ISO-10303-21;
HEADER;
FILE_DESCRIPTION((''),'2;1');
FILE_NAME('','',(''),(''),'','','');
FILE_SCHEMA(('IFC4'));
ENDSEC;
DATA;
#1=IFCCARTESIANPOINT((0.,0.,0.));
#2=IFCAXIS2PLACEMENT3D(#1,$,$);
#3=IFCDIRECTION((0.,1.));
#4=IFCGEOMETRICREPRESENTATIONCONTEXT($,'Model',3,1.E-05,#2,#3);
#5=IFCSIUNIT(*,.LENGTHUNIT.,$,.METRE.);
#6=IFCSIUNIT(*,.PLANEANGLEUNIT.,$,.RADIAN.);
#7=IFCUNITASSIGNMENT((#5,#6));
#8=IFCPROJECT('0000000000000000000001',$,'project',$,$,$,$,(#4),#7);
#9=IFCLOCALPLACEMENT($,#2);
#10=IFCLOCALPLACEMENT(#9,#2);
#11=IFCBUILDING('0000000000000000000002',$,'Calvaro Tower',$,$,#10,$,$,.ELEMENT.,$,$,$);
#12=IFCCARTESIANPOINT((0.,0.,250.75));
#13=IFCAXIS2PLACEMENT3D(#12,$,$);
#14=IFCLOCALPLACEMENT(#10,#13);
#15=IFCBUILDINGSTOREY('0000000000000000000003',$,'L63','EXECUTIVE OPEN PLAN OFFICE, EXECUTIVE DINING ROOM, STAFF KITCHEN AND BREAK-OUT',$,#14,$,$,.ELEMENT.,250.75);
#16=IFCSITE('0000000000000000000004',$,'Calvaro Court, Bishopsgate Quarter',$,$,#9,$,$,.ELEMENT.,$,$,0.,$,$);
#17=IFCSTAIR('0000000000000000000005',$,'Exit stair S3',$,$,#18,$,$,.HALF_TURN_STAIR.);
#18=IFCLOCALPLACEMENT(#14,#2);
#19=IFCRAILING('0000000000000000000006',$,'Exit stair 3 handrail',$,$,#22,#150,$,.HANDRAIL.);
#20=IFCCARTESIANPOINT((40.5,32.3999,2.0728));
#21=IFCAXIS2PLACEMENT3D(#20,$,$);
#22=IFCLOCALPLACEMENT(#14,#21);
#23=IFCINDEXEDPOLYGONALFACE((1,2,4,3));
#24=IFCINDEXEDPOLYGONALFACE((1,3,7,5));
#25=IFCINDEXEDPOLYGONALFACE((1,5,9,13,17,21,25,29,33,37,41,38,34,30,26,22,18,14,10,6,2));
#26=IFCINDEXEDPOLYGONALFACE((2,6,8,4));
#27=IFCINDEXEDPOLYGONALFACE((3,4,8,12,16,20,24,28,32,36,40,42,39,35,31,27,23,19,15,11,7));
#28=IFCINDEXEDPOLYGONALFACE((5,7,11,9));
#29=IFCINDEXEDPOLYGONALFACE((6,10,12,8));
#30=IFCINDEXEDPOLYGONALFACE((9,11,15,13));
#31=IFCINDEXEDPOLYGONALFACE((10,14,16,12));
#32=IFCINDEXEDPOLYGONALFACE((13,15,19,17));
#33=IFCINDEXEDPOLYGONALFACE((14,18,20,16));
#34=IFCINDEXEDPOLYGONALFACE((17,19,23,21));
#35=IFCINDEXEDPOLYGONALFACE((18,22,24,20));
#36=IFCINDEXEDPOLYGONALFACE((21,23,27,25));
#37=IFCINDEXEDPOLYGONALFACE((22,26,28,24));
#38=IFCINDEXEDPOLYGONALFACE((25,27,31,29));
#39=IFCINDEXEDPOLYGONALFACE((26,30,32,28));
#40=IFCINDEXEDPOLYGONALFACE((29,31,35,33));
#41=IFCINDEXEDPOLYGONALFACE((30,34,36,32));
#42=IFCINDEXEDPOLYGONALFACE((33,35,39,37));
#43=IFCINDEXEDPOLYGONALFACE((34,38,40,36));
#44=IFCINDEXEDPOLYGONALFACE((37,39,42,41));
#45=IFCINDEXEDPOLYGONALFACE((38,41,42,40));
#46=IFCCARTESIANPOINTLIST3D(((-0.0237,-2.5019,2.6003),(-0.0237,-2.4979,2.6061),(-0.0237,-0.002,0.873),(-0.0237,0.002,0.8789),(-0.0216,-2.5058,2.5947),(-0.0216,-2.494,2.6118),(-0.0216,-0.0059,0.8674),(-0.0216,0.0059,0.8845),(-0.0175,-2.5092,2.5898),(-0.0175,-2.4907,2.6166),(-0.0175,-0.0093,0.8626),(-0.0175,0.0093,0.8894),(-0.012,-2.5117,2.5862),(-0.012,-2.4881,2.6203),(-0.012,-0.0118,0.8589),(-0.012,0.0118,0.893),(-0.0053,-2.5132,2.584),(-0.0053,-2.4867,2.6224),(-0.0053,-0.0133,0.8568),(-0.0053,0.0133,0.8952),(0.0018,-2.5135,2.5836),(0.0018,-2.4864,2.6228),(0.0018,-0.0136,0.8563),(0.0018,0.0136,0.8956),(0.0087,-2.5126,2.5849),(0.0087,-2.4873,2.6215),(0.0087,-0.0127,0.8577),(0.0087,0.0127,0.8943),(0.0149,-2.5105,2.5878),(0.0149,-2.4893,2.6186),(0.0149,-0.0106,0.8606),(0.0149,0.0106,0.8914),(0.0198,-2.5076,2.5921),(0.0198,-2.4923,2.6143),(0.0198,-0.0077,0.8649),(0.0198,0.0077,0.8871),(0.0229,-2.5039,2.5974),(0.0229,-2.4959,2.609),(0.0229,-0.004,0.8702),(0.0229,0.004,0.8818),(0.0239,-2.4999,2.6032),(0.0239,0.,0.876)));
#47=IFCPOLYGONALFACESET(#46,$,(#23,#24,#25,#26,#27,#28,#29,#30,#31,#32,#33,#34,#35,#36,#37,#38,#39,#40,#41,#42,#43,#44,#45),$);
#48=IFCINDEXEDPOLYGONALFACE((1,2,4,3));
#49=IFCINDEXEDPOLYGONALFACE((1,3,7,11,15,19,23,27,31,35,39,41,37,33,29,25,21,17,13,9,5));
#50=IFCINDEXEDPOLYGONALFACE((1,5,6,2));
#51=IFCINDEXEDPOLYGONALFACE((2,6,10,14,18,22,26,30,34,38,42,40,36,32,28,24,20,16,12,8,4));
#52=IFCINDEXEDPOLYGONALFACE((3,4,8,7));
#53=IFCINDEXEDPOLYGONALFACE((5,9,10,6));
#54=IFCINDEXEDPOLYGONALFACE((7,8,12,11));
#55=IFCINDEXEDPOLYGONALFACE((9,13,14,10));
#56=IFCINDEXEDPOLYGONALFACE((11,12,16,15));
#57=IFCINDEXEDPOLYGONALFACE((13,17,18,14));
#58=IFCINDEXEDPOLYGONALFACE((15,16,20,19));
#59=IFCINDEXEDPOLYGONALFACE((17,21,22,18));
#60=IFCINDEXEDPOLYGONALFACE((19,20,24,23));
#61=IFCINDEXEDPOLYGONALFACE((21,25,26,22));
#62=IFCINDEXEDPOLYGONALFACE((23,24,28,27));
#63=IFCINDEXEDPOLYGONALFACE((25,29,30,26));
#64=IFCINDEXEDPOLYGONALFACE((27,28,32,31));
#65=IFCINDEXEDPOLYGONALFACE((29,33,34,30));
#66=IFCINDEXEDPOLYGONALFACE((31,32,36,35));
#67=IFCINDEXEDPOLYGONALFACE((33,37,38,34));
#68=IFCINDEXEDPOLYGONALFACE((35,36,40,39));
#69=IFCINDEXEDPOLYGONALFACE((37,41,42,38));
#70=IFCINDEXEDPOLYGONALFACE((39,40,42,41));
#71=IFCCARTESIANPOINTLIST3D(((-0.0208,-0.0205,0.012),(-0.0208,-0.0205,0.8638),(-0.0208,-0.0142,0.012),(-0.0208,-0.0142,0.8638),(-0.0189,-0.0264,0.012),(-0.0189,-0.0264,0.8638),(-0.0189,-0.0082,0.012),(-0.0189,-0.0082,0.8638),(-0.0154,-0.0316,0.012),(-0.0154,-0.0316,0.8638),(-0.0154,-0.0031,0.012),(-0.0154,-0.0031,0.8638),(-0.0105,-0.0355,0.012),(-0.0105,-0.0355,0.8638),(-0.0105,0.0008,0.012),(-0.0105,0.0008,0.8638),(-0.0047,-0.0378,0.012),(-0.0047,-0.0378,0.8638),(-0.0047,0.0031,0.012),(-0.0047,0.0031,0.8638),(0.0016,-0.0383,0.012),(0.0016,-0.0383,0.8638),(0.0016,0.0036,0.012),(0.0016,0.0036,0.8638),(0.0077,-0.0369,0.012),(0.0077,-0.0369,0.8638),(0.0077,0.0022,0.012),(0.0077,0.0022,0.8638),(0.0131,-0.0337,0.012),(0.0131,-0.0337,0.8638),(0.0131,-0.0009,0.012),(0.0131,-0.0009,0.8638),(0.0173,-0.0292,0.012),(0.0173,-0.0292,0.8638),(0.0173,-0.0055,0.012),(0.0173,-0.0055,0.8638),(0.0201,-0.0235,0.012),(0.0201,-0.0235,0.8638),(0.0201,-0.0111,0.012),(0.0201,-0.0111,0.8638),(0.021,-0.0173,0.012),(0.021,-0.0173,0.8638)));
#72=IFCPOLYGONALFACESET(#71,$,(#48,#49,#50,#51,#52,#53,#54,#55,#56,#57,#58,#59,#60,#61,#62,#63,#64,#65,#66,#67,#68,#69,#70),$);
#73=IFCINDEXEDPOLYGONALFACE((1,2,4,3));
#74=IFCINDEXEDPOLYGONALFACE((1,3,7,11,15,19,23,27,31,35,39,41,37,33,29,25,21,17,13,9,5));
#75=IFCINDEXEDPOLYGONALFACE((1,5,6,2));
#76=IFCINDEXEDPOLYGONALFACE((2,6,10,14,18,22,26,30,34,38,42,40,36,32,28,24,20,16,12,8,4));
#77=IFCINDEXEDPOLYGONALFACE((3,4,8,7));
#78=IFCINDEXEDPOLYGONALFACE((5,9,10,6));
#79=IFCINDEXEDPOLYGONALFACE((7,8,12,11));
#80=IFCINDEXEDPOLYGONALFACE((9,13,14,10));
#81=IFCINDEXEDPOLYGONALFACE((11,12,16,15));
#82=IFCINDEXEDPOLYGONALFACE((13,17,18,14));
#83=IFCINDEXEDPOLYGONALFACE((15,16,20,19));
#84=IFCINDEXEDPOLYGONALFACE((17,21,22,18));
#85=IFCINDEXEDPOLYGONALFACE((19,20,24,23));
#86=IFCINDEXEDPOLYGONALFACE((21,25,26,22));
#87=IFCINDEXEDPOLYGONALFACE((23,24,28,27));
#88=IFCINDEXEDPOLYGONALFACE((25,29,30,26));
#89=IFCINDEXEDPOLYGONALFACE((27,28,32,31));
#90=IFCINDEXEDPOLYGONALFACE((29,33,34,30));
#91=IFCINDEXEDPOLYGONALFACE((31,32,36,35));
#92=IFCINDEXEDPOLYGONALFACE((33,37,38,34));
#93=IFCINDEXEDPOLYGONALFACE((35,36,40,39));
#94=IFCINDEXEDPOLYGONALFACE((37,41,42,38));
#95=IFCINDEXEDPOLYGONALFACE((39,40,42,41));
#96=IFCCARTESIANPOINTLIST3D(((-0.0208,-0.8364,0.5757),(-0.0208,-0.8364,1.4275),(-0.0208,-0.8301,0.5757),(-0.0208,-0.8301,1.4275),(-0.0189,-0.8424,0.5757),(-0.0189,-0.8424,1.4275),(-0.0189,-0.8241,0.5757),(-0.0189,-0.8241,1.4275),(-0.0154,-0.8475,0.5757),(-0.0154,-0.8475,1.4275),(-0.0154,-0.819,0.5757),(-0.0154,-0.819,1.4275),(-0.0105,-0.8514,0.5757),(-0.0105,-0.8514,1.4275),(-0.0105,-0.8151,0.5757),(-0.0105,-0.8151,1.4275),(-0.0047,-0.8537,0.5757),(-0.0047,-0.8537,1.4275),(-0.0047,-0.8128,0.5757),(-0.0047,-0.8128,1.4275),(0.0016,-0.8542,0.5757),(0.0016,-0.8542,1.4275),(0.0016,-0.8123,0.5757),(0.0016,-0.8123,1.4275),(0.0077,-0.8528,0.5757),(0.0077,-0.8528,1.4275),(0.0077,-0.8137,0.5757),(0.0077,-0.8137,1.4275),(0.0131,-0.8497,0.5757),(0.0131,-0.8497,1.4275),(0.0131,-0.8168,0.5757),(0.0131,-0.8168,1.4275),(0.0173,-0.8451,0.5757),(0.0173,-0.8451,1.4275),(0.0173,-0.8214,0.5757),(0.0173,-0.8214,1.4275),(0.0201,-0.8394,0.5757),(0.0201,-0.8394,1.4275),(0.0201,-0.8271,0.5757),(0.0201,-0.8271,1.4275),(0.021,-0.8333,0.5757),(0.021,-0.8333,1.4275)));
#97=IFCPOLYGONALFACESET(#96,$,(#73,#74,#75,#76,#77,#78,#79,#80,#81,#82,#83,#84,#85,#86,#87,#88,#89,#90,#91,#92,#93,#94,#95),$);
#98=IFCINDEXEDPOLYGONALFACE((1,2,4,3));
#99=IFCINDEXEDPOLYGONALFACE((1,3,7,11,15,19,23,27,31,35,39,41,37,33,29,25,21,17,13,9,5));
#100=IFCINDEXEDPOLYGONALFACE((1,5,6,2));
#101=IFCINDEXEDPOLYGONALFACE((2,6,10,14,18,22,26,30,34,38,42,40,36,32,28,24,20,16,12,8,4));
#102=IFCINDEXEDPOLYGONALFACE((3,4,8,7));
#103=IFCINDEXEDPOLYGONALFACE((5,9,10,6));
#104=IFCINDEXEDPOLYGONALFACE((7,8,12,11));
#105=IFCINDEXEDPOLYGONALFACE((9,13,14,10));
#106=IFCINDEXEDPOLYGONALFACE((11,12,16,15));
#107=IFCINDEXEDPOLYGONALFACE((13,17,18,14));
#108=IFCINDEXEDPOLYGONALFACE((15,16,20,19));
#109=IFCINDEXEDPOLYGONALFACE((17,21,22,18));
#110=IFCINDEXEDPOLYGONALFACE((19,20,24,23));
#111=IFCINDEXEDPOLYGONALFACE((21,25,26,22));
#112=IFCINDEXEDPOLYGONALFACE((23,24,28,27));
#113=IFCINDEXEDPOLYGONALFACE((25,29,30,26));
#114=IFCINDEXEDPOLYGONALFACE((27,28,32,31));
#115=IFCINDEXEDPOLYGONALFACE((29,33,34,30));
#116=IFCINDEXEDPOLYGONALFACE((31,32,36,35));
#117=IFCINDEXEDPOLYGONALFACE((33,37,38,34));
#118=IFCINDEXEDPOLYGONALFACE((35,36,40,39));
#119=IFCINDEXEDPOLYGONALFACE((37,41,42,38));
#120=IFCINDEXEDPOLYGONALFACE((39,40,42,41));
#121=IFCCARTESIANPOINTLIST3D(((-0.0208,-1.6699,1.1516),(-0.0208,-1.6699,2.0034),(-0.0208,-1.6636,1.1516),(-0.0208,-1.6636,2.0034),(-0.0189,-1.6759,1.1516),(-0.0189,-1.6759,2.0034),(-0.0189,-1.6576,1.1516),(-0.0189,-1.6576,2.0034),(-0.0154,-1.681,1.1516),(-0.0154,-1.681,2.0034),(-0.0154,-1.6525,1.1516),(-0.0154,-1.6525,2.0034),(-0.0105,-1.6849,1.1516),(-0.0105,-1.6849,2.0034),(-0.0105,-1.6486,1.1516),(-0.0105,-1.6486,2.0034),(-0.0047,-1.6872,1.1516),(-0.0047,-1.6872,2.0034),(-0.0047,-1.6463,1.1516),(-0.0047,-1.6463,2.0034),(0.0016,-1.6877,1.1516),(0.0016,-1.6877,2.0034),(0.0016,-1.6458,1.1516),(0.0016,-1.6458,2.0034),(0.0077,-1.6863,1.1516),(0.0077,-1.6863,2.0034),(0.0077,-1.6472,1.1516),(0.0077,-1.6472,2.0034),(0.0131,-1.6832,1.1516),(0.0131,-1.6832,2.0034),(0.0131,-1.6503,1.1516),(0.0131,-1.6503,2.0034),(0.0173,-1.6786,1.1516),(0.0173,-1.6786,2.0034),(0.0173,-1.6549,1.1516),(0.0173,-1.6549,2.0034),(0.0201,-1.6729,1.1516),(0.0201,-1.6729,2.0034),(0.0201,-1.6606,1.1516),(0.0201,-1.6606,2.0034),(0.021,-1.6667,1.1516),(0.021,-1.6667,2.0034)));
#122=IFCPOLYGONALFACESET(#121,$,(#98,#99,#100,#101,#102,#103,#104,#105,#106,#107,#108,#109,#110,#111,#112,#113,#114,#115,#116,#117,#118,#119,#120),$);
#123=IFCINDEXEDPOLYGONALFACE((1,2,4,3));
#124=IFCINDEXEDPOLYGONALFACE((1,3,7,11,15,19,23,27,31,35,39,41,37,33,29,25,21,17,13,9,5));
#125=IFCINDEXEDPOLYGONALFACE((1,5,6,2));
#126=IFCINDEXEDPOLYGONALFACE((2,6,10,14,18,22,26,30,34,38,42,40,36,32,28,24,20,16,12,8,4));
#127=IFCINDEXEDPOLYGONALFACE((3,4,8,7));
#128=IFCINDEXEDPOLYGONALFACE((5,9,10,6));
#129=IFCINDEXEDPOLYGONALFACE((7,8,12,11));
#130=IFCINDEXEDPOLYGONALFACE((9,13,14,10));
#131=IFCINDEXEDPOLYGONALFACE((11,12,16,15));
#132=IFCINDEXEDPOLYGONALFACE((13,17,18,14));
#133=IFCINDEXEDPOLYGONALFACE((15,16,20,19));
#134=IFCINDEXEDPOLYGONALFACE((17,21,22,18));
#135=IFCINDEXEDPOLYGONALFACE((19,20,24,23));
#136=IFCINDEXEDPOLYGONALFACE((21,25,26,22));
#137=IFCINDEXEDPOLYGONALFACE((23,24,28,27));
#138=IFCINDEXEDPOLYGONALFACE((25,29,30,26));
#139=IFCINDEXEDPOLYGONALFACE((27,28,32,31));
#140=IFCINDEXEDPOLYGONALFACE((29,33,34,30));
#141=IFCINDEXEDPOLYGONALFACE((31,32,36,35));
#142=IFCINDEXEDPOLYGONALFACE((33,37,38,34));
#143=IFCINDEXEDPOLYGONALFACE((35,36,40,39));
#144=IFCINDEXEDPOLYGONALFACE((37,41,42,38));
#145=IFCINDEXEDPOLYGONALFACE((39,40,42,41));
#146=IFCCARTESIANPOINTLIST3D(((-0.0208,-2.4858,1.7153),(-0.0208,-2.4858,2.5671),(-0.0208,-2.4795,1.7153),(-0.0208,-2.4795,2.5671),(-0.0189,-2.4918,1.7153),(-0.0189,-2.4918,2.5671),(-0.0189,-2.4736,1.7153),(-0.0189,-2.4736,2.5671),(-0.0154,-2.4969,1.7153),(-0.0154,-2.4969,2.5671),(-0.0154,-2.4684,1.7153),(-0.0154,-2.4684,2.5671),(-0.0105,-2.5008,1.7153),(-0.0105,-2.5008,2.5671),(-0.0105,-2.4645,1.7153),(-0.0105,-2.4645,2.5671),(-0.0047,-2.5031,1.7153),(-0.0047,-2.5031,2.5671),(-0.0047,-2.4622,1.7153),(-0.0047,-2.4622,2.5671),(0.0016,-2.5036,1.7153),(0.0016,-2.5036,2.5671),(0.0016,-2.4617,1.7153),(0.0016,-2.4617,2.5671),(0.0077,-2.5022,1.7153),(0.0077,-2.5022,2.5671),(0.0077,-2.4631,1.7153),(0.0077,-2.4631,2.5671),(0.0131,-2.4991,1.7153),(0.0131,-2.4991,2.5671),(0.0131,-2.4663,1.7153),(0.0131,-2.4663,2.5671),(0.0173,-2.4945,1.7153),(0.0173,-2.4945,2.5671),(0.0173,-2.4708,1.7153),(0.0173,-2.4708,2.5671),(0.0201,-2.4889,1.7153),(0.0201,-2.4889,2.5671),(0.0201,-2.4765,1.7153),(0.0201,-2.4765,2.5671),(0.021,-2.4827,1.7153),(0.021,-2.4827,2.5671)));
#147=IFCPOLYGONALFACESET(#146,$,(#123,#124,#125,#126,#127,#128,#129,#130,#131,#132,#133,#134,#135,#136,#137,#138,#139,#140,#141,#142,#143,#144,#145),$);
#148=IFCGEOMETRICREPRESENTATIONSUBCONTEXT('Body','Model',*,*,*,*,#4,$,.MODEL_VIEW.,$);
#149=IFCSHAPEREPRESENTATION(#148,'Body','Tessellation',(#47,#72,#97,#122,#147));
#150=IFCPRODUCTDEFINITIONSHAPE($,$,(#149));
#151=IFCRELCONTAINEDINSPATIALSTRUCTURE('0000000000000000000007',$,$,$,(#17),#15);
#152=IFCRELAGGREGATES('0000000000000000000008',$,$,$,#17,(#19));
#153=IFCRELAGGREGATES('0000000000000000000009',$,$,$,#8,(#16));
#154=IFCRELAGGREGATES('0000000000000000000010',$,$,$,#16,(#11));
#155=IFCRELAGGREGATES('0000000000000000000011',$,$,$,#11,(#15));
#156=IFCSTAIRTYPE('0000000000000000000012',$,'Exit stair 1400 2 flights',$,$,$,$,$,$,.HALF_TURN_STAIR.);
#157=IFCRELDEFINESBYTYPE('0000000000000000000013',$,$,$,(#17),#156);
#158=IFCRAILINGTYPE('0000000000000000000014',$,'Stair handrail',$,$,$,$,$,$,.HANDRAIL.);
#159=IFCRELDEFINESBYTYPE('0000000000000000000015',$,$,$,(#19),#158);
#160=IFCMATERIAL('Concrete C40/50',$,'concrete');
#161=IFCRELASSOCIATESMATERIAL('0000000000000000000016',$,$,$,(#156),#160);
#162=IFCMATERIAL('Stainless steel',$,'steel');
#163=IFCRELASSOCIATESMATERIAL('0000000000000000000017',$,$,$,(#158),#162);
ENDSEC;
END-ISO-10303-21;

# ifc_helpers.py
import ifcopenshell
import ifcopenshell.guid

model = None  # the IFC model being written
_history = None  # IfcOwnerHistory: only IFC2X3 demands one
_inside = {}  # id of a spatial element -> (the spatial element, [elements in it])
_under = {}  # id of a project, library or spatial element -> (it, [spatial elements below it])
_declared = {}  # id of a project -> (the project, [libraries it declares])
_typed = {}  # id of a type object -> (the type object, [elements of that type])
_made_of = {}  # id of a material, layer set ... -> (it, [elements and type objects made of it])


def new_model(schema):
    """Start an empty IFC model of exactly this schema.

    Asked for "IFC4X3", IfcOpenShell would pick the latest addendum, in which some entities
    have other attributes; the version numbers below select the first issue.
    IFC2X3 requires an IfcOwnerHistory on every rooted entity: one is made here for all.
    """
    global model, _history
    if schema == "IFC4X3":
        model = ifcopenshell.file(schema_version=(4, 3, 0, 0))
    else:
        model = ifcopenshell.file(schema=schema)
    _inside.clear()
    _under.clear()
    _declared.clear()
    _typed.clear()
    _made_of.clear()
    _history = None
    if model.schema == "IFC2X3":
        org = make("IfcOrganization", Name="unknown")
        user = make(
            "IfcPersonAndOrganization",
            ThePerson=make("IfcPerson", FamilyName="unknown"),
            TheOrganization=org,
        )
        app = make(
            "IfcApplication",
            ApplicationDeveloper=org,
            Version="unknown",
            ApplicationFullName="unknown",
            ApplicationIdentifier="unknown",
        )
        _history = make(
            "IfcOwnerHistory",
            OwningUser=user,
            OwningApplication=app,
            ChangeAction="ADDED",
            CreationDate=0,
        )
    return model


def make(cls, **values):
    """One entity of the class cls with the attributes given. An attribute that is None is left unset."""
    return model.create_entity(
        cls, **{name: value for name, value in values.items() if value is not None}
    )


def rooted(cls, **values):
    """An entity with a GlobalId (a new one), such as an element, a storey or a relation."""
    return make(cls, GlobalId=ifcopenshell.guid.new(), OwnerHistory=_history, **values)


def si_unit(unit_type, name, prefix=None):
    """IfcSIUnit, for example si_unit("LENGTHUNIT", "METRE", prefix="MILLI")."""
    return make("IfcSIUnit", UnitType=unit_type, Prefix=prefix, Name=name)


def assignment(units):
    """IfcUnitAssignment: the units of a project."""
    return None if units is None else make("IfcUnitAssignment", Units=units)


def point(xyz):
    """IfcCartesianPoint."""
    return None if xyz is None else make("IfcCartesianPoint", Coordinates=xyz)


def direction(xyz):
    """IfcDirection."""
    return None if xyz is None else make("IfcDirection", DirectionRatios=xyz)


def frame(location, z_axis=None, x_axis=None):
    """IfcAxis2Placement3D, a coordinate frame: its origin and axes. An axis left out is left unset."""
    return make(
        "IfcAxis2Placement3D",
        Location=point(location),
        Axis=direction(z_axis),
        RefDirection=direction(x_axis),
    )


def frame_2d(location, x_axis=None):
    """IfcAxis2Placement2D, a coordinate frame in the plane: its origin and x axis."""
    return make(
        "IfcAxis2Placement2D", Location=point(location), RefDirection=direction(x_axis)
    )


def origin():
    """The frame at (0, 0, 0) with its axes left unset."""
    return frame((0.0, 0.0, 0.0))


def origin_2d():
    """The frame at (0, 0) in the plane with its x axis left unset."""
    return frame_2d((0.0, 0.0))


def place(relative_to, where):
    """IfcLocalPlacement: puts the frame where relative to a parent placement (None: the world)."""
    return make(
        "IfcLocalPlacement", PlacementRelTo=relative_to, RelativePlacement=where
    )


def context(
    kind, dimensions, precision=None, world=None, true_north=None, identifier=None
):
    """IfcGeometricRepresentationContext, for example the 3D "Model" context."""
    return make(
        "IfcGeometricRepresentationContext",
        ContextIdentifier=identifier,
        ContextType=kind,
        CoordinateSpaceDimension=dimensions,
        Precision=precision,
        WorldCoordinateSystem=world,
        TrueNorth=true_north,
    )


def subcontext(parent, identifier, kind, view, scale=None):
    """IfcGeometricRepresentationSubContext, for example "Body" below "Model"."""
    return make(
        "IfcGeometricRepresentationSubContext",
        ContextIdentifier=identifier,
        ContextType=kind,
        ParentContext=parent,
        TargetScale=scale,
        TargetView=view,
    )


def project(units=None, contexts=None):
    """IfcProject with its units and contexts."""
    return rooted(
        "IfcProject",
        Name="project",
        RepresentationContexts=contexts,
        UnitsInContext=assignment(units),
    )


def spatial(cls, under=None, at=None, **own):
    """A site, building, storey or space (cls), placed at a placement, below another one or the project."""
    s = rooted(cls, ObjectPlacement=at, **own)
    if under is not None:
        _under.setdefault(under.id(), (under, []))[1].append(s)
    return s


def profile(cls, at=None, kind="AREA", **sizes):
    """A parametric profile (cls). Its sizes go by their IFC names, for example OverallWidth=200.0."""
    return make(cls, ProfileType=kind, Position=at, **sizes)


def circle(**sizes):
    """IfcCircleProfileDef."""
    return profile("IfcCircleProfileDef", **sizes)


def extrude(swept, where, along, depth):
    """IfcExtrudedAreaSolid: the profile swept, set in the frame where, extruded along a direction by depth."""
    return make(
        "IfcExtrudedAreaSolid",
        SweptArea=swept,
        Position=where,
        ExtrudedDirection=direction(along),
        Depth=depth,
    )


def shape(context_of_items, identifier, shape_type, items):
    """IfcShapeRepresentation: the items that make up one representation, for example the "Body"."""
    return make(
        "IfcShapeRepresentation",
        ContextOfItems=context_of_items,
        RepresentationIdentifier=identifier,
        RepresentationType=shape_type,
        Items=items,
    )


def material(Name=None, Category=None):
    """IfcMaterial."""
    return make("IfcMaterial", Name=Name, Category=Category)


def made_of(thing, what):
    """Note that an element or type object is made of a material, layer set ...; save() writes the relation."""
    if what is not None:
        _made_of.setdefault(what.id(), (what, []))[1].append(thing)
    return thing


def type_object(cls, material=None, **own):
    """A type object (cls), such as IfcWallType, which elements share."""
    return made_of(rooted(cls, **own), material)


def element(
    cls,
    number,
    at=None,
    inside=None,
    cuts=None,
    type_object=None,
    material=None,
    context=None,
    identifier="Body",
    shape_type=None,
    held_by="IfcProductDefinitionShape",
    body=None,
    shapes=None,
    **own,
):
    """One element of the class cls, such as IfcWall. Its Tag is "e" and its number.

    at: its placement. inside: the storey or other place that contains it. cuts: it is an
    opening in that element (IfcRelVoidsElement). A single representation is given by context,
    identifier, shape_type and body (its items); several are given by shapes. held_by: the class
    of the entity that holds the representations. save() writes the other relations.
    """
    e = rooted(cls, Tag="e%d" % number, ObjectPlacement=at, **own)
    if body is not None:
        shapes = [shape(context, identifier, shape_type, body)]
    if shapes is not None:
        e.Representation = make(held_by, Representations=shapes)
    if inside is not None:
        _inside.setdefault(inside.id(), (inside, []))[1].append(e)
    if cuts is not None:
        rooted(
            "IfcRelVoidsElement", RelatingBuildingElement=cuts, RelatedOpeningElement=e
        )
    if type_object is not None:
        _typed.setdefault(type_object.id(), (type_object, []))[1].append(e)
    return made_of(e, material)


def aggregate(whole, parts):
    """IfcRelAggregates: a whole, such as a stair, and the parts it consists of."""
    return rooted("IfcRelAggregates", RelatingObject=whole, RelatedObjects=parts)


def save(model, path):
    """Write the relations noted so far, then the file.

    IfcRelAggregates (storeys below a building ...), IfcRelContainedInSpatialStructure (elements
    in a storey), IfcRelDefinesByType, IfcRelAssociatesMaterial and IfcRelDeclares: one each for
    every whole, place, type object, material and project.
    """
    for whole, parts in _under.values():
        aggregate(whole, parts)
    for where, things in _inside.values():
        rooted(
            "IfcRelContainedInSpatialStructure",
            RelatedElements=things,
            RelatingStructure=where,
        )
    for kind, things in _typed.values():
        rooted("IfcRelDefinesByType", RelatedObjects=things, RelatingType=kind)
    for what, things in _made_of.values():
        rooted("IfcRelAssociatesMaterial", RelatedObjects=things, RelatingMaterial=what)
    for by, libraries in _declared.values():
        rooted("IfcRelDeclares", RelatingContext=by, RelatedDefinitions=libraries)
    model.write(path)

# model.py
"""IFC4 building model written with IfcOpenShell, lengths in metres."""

from ifc_helpers import new_model, si_unit, direction, frame, origin, origin_2d, place, context, subcontext, project, spatial, circle, extrude, material, type_object, element, aggregate, save


model = new_model("IFC4")

# Units and contexts
model_context = context("Model", 3, precision=1e-05, world=origin(), true_north=direction((0.0, 1.0)))
body_context = subcontext(model_context, "Body", "Model", "MODEL_VIEW")
ifc_project = project(units=[si_unit("LENGTHUNIT", "METRE"), si_unit("PLANEANGLEUNIT", "RADIAN")], contexts=[model_context])

# Site, building, storey
site_placement = place(None, origin())
site = spatial("IfcSite", under=ifc_project, at=site_placement, Name="Calvaro Court, Bishopsgate Quarter", CompositionType="ELEMENT", RefElevation=0.0)
building_placement = place(site_placement, origin())
building = spatial("IfcBuilding", under=site, at=building_placement, Name="Calvaro Tower", CompositionType="ELEMENT")
storey_placement = place(building_placement, frame((0.0, 0.0, 250.75)))
storey = spatial("IfcBuildingStorey", under=building, at=storey_placement, Name="L63", Description="EXECUTIVE OPEN PLAN OFFICE, EXECUTIVE DINING ROOM, STAFF KITCHEN AND BREAK-OUT", CompositionType="ELEMENT", Elevation=250.75)

# Stair
ifc_material_1 = material(Name="Concrete C40/50", Category="concrete")
stair_type = type_object("IfcStairType", Name="Exit stair 1400 2 flights", PredefinedType="HALF_TURN_STAIR", material=ifc_material_1)
stair_1_placement = place(storey_placement, origin())
stair_1 = element("IfcStair", 1, at=stair_1_placement, inside=storey, type_object=stair_type, Name="Exit stair S3", PredefinedType="HALF_TURN_STAIR")

# Railing
ifc_material_2 = material(Name="Stainless steel", Category="steel")
railing_type = type_object("IfcRailingType", Name="Stair handrail", PredefinedType="HANDRAIL", material=ifc_material_2)
railing_1_placement = place(storey_placement, frame((40.5, 32.3999, 2.0728)))
railing_1 = element("IfcRailing", 2, at=railing_1_placement, type_object=railing_type, Name="Exit stair 3 handrail", PredefinedType="HANDRAIL", context=body_context, shape_type="SweptSolid", body=[
    extrude(circle(Radius=0.0239, at=origin_2d()), frame((0.0, 0.0, 0.876), z_axis=(0.0, -0.822727, 0.568437), x_axis=(1.0, 0.0, 0.0)), (0.0, 0.0, 1.0), 3.0386),
    extrude(circle(Radius=0.021, at=origin_2d()), frame((0.0, -0.0173, 0.012)), (0.0, 0.0, 1.0), 0.8518),
    extrude(circle(Radius=0.021, at=origin_2d()), frame((0.0, -0.8333, 0.5757)), (0.0, 0.0, 1.0), 0.8518),
    extrude(circle(Radius=0.021, at=origin_2d()), frame((0.0, -1.6667, 1.1516)), (0.0, 0.0, 1.0), 0.8518),
    extrude(circle(Radius=0.021, at=origin_2d()), frame((0.0, -2.4827, 1.7153)), (0.0, 0.0, 1.0), 0.8518),
])
aggregate(stair_1, [railing_1])

save(model, "model.ifc")
